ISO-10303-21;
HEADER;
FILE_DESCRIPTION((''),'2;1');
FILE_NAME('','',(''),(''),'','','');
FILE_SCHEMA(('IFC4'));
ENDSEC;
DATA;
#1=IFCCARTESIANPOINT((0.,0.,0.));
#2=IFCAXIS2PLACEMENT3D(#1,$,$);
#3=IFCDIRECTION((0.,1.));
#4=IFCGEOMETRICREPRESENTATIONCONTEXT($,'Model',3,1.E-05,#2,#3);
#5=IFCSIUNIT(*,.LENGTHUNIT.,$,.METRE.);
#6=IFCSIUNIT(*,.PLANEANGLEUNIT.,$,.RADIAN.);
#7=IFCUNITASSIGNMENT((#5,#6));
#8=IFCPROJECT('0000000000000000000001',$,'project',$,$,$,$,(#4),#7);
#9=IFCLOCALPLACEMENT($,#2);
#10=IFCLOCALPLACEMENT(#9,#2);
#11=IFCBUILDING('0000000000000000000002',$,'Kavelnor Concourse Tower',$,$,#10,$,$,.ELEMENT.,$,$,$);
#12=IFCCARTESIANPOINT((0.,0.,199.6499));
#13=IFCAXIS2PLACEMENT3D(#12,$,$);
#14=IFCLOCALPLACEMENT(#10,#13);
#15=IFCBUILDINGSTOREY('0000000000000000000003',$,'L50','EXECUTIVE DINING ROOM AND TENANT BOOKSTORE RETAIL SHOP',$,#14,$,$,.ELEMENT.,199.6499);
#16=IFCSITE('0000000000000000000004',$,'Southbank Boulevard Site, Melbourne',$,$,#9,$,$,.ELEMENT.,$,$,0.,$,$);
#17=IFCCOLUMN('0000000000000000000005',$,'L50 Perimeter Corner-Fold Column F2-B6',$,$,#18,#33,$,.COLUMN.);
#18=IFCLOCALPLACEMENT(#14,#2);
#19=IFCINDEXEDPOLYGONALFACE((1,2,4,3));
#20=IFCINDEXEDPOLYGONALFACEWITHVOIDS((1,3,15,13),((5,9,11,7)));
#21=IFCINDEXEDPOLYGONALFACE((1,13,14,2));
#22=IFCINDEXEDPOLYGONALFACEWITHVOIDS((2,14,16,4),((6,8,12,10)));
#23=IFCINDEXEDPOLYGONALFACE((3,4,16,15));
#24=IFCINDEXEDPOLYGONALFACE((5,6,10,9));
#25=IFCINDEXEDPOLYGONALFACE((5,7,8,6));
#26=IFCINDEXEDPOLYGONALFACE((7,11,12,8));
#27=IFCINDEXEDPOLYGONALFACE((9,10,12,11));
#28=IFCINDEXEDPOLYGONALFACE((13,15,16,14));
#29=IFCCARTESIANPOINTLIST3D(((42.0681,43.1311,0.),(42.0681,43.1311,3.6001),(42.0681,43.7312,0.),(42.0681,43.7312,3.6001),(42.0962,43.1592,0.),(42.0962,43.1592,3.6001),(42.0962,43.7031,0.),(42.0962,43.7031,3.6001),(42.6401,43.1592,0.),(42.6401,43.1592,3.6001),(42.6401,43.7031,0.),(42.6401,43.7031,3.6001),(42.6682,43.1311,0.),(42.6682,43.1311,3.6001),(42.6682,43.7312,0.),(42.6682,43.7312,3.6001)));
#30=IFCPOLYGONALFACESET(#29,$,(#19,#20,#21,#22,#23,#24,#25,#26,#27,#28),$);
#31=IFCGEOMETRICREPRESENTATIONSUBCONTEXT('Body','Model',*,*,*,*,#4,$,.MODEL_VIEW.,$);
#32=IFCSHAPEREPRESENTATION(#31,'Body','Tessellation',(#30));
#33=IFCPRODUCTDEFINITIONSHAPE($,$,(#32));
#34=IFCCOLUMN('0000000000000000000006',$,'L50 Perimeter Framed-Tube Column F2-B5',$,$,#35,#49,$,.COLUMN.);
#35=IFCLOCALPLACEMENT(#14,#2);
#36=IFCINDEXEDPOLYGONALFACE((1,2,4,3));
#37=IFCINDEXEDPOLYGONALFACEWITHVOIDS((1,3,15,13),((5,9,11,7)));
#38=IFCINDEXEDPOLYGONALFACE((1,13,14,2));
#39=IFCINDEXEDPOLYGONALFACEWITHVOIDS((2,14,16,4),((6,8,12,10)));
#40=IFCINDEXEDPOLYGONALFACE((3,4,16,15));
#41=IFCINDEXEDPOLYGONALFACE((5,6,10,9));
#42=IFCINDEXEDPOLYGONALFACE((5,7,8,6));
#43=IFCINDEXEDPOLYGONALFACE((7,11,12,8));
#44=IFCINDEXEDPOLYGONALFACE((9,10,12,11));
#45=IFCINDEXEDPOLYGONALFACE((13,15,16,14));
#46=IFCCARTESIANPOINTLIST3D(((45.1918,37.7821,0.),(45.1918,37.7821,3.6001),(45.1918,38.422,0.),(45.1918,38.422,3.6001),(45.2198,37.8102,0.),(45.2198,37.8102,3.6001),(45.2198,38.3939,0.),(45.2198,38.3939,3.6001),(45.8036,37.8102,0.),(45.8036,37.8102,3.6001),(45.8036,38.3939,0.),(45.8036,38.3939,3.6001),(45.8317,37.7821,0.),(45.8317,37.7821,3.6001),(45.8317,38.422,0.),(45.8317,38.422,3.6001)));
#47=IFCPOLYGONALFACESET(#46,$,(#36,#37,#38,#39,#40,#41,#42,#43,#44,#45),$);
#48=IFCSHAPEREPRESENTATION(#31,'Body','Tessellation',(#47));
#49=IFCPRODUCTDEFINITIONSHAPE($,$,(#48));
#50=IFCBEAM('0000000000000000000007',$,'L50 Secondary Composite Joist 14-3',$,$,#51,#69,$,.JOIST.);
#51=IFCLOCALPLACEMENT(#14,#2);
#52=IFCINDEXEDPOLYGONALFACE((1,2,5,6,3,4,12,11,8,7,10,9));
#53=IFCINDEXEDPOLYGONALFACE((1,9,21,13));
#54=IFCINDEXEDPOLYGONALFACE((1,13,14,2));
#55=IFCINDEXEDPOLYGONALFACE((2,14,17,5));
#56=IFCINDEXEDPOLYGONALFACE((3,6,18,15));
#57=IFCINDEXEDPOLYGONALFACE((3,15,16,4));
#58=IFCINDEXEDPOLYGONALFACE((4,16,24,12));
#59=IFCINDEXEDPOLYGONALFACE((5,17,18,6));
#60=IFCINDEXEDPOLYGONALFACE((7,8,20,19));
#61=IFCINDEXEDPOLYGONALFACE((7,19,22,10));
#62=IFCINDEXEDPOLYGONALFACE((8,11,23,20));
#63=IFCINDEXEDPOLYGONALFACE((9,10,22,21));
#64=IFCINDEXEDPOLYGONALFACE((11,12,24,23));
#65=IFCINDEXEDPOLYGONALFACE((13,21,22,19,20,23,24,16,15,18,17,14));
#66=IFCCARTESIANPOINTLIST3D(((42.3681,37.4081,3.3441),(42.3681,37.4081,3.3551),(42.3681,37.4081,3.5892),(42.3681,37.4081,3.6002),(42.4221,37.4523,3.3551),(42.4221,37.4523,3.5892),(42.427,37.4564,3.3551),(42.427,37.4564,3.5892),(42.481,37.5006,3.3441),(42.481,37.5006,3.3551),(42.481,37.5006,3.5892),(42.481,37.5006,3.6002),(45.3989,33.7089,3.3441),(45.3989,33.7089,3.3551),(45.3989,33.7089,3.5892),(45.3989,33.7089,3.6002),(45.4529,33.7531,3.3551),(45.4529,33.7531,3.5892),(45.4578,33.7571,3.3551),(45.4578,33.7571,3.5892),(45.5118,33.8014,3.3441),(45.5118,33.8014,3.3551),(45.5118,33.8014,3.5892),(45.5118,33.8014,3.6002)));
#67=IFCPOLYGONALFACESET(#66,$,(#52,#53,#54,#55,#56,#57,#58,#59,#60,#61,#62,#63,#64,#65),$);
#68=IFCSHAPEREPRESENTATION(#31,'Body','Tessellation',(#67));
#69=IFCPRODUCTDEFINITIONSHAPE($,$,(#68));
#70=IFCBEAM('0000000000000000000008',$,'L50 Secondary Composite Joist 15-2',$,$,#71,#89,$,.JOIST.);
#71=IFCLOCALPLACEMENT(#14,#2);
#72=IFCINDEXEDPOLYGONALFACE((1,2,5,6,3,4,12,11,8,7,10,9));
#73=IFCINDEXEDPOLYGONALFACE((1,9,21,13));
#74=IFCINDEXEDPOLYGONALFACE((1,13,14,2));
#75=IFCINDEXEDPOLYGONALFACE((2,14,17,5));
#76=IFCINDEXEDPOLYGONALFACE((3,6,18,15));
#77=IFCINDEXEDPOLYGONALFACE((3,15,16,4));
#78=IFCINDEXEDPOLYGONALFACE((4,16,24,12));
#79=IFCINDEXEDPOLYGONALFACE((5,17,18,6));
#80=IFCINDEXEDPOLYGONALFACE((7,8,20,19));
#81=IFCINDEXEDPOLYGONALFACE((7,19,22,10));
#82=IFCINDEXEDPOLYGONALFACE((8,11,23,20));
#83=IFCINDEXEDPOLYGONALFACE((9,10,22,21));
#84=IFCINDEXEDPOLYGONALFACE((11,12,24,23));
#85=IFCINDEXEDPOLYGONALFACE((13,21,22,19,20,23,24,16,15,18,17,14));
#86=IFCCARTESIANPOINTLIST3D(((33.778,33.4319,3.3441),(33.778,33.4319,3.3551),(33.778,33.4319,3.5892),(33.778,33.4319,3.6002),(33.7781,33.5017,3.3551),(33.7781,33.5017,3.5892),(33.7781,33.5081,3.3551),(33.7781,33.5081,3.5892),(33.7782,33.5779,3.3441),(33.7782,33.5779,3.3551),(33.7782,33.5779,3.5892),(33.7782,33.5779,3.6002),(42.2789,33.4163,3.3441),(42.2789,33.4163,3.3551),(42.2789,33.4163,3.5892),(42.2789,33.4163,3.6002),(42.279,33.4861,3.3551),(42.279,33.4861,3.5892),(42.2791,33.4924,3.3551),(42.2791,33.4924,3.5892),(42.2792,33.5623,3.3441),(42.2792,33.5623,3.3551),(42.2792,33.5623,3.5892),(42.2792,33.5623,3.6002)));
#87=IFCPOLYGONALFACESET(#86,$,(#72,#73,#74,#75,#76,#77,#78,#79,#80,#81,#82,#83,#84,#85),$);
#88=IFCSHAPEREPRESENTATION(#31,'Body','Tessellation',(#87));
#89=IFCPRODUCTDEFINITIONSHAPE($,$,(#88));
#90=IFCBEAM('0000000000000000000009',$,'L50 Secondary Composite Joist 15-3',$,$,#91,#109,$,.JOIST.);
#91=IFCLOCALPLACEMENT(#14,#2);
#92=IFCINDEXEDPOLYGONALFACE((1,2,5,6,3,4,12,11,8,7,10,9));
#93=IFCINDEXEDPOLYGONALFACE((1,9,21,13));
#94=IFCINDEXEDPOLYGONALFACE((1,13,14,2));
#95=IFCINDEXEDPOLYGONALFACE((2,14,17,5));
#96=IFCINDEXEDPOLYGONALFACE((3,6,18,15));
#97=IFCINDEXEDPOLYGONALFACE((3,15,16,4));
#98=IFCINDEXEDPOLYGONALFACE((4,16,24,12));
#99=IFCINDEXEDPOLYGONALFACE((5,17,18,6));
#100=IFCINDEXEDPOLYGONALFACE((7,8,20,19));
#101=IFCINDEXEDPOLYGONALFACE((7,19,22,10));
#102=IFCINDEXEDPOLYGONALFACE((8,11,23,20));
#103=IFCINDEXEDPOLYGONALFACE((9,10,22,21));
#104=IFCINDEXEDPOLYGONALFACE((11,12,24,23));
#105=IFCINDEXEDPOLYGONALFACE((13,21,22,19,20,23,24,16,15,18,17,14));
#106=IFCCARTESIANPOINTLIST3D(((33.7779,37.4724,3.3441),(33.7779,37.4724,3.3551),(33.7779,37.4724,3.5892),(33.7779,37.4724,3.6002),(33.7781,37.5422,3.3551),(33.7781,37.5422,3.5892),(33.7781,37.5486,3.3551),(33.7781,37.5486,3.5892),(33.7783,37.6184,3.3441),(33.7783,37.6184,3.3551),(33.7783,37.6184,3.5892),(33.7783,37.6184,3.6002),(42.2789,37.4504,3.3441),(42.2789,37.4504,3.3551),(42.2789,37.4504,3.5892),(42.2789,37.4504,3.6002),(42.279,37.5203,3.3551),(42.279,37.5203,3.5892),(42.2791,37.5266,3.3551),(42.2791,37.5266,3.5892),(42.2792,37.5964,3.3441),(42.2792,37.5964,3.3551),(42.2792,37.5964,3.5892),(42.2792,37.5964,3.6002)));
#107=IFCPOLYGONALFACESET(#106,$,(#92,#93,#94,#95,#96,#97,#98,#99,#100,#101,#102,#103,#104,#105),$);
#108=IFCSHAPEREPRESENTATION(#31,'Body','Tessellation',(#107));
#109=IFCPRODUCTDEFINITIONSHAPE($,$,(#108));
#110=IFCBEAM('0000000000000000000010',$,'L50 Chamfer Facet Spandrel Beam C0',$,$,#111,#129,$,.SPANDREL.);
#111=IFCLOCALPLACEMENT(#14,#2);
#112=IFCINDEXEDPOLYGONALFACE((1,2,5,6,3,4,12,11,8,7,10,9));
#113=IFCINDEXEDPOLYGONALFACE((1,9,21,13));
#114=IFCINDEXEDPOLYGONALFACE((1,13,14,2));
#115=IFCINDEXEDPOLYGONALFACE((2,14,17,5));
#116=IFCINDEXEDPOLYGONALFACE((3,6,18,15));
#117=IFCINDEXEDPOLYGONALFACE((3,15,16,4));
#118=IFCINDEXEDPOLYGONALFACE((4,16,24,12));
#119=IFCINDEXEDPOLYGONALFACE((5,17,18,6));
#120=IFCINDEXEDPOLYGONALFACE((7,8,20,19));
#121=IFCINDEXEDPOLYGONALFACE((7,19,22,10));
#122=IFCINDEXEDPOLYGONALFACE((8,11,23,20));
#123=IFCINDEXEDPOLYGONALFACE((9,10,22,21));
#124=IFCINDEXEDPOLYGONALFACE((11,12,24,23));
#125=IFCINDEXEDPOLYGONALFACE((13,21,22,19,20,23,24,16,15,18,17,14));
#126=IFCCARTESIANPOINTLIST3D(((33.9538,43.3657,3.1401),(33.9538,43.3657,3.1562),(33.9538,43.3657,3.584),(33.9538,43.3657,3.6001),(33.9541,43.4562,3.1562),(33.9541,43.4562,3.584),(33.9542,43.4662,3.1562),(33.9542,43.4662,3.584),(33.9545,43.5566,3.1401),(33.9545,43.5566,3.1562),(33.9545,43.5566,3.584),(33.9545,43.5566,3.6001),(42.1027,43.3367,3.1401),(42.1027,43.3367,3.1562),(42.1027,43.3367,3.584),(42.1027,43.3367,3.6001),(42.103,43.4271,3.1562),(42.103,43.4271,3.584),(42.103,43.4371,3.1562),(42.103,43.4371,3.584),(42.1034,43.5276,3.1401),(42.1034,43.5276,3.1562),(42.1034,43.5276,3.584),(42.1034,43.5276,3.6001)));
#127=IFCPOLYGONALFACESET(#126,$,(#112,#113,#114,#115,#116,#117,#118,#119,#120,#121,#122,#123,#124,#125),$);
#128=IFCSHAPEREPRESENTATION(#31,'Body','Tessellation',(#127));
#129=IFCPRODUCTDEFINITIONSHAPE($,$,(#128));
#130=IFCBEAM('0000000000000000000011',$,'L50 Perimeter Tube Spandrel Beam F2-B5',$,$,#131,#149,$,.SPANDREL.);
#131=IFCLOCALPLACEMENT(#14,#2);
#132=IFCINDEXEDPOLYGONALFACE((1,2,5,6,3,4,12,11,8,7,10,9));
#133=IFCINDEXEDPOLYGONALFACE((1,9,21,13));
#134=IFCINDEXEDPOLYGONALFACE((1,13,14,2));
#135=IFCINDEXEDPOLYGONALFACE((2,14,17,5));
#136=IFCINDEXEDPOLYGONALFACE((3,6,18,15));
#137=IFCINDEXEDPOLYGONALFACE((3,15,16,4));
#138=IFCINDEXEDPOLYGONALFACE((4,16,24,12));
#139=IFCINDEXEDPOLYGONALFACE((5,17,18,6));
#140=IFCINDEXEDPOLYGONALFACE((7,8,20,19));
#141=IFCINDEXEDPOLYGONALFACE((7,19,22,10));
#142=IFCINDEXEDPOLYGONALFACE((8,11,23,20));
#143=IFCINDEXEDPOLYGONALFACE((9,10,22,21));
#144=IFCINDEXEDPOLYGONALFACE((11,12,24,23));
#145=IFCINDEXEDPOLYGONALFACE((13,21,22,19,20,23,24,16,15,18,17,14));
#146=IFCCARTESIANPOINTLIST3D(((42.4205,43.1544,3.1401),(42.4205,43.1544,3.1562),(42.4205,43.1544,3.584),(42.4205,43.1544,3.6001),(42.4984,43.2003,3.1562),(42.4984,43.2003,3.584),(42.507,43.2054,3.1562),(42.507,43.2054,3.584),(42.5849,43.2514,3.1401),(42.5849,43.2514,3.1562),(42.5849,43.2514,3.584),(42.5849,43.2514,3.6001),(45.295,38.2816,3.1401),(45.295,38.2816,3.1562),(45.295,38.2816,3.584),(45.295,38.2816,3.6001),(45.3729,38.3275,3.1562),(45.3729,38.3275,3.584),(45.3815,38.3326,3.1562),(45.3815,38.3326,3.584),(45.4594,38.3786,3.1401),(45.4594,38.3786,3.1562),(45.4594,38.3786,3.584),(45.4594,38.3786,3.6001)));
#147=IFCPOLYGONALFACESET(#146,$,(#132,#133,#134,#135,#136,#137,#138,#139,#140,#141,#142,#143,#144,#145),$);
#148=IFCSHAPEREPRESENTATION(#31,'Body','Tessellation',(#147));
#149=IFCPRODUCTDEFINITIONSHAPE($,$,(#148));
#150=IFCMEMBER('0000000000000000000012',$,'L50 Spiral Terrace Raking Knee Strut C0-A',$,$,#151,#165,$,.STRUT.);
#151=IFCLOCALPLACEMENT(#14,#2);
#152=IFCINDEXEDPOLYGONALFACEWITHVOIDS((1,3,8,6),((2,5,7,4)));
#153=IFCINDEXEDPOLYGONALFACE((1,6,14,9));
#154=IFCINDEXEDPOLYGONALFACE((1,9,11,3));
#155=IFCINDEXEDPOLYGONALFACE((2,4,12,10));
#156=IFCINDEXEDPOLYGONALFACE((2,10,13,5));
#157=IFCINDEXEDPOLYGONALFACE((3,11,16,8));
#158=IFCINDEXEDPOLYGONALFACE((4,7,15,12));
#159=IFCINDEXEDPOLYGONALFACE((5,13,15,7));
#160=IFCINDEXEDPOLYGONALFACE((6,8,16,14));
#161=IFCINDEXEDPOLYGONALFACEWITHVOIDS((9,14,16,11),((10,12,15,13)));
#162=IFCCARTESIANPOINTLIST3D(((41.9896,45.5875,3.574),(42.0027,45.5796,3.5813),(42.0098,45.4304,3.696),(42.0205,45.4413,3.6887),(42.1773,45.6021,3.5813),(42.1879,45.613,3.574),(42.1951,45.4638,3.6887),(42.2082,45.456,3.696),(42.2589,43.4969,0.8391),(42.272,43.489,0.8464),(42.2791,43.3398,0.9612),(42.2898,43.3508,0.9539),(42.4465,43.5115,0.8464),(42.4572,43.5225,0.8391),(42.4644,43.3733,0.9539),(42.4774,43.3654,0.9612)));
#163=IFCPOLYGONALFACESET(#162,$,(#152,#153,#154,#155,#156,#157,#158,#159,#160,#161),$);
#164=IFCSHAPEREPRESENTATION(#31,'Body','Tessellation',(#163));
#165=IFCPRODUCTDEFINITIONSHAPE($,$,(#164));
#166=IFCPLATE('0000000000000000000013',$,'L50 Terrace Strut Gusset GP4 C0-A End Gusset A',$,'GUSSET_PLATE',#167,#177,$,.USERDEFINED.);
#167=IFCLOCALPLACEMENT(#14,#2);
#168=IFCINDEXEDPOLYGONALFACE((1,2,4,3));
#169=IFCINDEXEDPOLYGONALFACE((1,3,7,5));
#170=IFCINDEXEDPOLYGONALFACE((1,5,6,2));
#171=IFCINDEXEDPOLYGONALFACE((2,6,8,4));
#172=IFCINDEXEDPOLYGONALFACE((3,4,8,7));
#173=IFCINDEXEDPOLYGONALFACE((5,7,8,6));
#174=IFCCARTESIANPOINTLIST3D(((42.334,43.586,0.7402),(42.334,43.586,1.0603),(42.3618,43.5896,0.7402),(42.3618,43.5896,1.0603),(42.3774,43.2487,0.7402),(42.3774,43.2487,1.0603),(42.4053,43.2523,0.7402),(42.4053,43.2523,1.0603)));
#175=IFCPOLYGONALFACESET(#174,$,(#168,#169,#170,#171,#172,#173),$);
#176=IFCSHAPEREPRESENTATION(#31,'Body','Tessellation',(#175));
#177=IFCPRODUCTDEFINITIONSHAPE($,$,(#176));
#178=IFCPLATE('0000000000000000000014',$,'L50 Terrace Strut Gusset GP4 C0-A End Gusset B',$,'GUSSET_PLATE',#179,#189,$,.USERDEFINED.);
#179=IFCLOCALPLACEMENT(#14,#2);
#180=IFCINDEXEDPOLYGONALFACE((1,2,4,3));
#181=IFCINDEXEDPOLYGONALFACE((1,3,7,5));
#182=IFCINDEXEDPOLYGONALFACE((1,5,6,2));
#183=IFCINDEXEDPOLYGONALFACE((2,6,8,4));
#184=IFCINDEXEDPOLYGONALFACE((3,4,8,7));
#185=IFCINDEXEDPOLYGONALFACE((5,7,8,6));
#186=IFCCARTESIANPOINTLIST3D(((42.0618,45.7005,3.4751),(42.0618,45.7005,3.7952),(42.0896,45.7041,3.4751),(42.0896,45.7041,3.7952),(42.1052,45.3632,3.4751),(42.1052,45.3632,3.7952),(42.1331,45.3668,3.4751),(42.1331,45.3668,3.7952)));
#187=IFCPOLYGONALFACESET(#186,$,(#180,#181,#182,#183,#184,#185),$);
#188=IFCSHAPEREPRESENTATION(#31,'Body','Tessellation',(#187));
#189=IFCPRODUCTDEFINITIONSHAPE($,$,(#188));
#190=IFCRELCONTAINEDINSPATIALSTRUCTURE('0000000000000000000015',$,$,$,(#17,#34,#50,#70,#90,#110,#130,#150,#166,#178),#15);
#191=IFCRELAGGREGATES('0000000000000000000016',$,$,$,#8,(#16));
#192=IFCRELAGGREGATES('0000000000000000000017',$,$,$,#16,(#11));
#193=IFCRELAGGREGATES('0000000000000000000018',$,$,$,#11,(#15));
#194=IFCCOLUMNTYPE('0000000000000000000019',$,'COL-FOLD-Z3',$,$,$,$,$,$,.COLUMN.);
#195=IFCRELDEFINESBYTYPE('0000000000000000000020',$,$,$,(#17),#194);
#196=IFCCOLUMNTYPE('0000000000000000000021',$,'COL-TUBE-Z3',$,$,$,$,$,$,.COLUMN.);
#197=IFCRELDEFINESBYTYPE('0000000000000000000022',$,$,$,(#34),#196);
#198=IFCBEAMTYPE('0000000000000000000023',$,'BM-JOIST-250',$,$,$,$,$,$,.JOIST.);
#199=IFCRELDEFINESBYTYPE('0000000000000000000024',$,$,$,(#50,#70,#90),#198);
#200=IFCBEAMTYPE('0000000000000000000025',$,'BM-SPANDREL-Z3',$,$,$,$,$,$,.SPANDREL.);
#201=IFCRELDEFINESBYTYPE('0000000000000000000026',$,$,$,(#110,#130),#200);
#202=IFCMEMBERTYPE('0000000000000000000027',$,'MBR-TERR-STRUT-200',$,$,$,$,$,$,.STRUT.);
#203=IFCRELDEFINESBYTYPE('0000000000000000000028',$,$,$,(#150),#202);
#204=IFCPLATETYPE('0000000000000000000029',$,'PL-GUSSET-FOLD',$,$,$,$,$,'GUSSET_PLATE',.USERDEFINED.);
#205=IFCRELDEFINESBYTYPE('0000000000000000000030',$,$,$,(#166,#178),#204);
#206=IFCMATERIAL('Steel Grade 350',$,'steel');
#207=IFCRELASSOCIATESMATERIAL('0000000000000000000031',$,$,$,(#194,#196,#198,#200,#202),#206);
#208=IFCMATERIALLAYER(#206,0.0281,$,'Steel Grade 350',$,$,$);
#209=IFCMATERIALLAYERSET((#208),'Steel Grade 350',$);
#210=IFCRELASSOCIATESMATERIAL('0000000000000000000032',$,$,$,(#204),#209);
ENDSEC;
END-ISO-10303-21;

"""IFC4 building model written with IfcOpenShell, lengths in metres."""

from ifc_helpers import new_model, si_unit, direction, frame, origin, origin_2d, place, context, subcontext, project, spatial, rectangle, hollow_rectangle, i_section, extrude, material, layer, layer_set, material_profile, profile_set, type_object, element, save


model = new_model("IFC4")

# Units and contexts
model_context = context("Model", 3, precision=1e-05, world=origin(), true_north=direction((0.0, 1.0)))
body_context = subcontext(model_context, "Body", "Model", "MODEL_VIEW")
ifc_project = project(units=[si_unit("LENGTHUNIT", "METRE"), si_unit("PLANEANGLEUNIT", "RADIAN")], contexts=[model_context])

# Site, building, storey
site_placement = place(None, origin())
site = spatial("IfcSite", under=ifc_project, at=site_placement, Name="Southbank Boulevard Site, Melbourne", CompositionType="ELEMENT", RefElevation=0.0)
building_placement = place(site_placement, origin())
building = spatial("IfcBuilding", under=site, at=building_placement, Name="Kavelnor Concourse Tower", CompositionType="ELEMENT")
storey_placement = place(building_placement, frame((0.0, 0.0, 199.6499)))
storey = spatial("IfcBuildingStorey", under=building, at=storey_placement, Name="L50", Description="EXECUTIVE DINING ROOM AND TENANT BOOKSTORE RETAIL SHOP", CompositionType="ELEMENT", Elevation=199.6499)

# Columns
ifc_material_1 = material(Name="Steel Grade 350", Category="steel")
ifc_material_profile_1 = material_profile(ifc_material_1, hollow_rectangle(XDim=0.6001, YDim=0.6001, WallThickness=0.0281, at=origin_2d()), Name="SHS 600x600x28")
ifc_profile_set_1 = profile_set([ifc_material_profile_1], Name="Steel Grade 350")
column_type_1 = type_object("IfcColumnType", Name="COL-FOLD-Z3", PredefinedType="COLUMN", material=ifc_profile_set_1)
column_1_placement = place(storey_placement, frame((42.3682, 43.4312, 0.0), z_axis=(0.0, 0.0, 1.0), x_axis=(1.0, 0.0, 0.0)))
element("IfcColumn", 1, at=column_1_placement, inside=storey, type_object=column_type_1, Name="L50 Perimeter Corner-Fold Column F2-B6", PredefinedType="COLUMN", context=body_context, shape_type="SweptSolid", body=[
    extrude(hollow_rectangle(XDim=0.6001, YDim=0.6001, WallThickness=0.0281, at=origin_2d()), origin(), (0.0, 0.0, 1.0), 3.6001),
])
ifc_material_profile_2 = material_profile(ifc_material_1, hollow_rectangle(XDim=0.6399, YDim=0.6399, WallThickness=0.0281, at=origin_2d()), Name="SHS 640x640x28")
ifc_profile_set_2 = profile_set([ifc_material_profile_2], Name="Steel Grade 350")
column_type_2 = type_object("IfcColumnType", Name="COL-TUBE-Z3", PredefinedType="COLUMN", material=ifc_profile_set_2)
column_2_placement = place(storey_placement, frame((45.5117, 38.1021, 0.0), z_axis=(0.0, 0.0, 1.0), x_axis=(1.0, 0.0, 0.0)))
element("IfcColumn", 2, at=column_2_placement, inside=storey, type_object=column_type_2, Name="L50 Perimeter Framed-Tube Column F2-B5", PredefinedType="COLUMN", context=body_context, shape_type="SweptSolid", body=[
    extrude(hollow_rectangle(XDim=0.6399, YDim=0.6399, WallThickness=0.0281, at=origin_2d()), origin(), (0.0, 0.0, 1.0), 3.6001),
])

# Beams
ifc_material_profile_3 = material_profile(ifc_material_1, i_section(OverallWidth=0.146, OverallDepth=0.2561, WebThickness=0.0063, FlangeThickness=0.011, at=origin_2d()), Name="250UB37")
ifc_profile_set_3 = profile_set([ifc_material_profile_3], Name="Steel Grade 350")
beam_type_1 = type_object("IfcBeamType", Name="BM-JOIST-250", PredefinedType="JOIST", material=ifc_profile_set_3)
beam_1_placement = place(storey_placement, frame((45.4553, 33.7551, 3.4722), z_axis=(-0.633755, 0.773534, 0.0), x_axis=(-0.773534, -0.633755, 0.0)))
element("IfcBeam", 3, at=beam_1_placement, inside=storey, type_object=beam_type_1, Name="L50 Secondary Composite Joist 14-3", PredefinedType="JOIST", context=body_context, shape_type="SweptSolid", body=[
    extrude(i_section(OverallWidth=0.146, OverallDepth=0.2561, WebThickness=0.0063, FlangeThickness=0.011, at=origin_2d()), origin(), (0.0, 0.0, 1.0), 4.7822),
])
for number, where, z_axis, x_axis, name in (
    (4, (42.2791, 33.4893, 3.4722), (-0.999998, 0.001838, 0.0), (-0.001838, -0.999998, 0.0), "L50 Secondary Composite Joist 15-2"),
    (5, (42.2791, 37.5234, 3.4722), (-0.999997, 0.002585, 0.0), (-0.002585, -0.999997, 0.0), "L50 Secondary Composite Joist 15-3"),
):
    element("IfcBeam", number, at=place(storey_placement, frame(where, z_axis=z_axis, x_axis=x_axis)), inside=storey, type_object=beam_type_1, Name=name, PredefinedType="JOIST", context=body_context, shape_type="SweptSolid", body=[
        extrude(i_section(OverallWidth=0.146, OverallDepth=0.2561, WebThickness=0.0063, FlangeThickness=0.011, at=origin_2d()), origin(), (0.0, 0.0, 1.0), 8.501),
    ])
ifc_material_profile_4 = material_profile(ifc_material_1, i_section(OverallWidth=0.1909, OverallDepth=0.46, WebThickness=0.01, FlangeThickness=0.0161, at=origin_2d()), Name="460UB82")
ifc_profile_set_4 = profile_set([ifc_material_profile_4], Name="Steel Grade 350")
beam_type_2 = type_object("IfcBeamType", Name="BM-SPANDREL-Z3", PredefinedType="SPANDREL", material=ifc_profile_set_4)
beam_2_placement = place(storey_placement, frame((42.103, 43.4321, 3.3701), z_axis=(-0.999994, 0.003565, 0.0), x_axis=(-0.003565, -0.999994, 0.0)))
element("IfcBeam", 6, at=beam_2_placement, inside=storey, type_object=beam_type_2, Name="L50 Chamfer Facet Spandrel Beam C0", PredefinedType="SPANDREL", context=body_context, shape_type="SweptSolid", body=[
    extrude(i_section(OverallWidth=0.1909, OverallDepth=0.46, WebThickness=0.01, FlangeThickness=0.0161, at=origin_2d()), origin(), (0.0, 0.0, 1.0), 8.1489),
])
beam_3_placement = place(storey_placement, frame((45.3772, 38.3301, 3.3701), z_axis=(-0.508091, 0.861303, 0.0), x_axis=(-0.861303, -0.508091, 0.0)))
element("IfcBeam", 7, at=beam_3_placement, inside=storey, type_object=beam_type_2, Name="L50 Perimeter Tube Spandrel Beam F2-B5", PredefinedType="SPANDREL", context=body_context, shape_type="SweptSolid", body=[
    extrude(i_section(OverallWidth=0.1909, OverallDepth=0.46, WebThickness=0.01, FlangeThickness=0.0161, at=origin_2d()), origin(), (0.0, 0.0, 1.0), 5.6575),
])

# Member
ifc_material_profile_5 = material_profile(ifc_material_1, hollow_rectangle(XDim=0.2, YDim=0.2, WallThickness=0.012, at=origin_2d()), Name="SHS 200x200x12")
ifc_profile_set_5 = profile_set([ifc_material_profile_5], Name="Steel Grade 350")
member_type = type_object("IfcMemberType", Name="MBR-TERR-STRUT-200", PredefinedType="STRUT", material=ifc_profile_set_5)
member_placement = place(storey_placement, frame((42.3682, 43.4312, 0.9001), z_axis=(-0.077989, 0.605456, 0.792049), x_axis=(-0.991806, -0.127755, 0.0)))
element("IfcMember", 8, at=member_placement, inside=storey, type_object=member_type, Name="L50 Spiral Terrace Raking Knee Strut C0-A", PredefinedType="STRUT", context=body_context, shape_type="SweptSolid", body=[
    extrude(hollow_rectangle(XDim=0.2, YDim=0.2, WallThickness=0.012, at=origin_2d()), origin(), (0.0, 0.0, 1.0), 3.4529),
])

# Plates
ifc_layer_1 = layer(ifc_material_1, 0.0281, Name="Steel Grade 350")
ifc_layer_set_1 = layer_set([ifc_layer_1], Name="Steel Grade 350")
plate_type = type_object("IfcPlateType", Name="PL-GUSSET-FOLD", ElementType="GUSSET_PLATE", PredefinedType="USERDEFINED", material=ifc_layer_set_1)
for number, where, z_axis, x_axis, name in (
    (9, (42.3696, 43.4192, 0.7402), (0.0, 0.0, 1.0), (-0.127757, 0.991805, 0.0), "L50 Terrace Strut Gusset GP4 C0-A End Gusset A"),
    (10, (42.0974, 45.5337, 3.4751), (0.0, 0.0, 1.0), (-0.127757, 0.991805, 0.0), "L50 Terrace Strut Gusset GP4 C0-A End Gusset B"),
):
    element("IfcPlate", number, at=place(storey_placement, frame(where, z_axis=z_axis, x_axis=x_axis)), inside=storey, type_object=plate_type, Name=name, ObjectType="GUSSET_PLATE", PredefinedType="USERDEFINED", context=body_context, shape_type="SweptSolid", body=[
        extrude(rectangle(XDim=0.3401, YDim=0.0281, at=origin_2d()), origin(), (0.0, 0.0, 1.0), 0.3201),
    ])

save(model, "model.ifc")
